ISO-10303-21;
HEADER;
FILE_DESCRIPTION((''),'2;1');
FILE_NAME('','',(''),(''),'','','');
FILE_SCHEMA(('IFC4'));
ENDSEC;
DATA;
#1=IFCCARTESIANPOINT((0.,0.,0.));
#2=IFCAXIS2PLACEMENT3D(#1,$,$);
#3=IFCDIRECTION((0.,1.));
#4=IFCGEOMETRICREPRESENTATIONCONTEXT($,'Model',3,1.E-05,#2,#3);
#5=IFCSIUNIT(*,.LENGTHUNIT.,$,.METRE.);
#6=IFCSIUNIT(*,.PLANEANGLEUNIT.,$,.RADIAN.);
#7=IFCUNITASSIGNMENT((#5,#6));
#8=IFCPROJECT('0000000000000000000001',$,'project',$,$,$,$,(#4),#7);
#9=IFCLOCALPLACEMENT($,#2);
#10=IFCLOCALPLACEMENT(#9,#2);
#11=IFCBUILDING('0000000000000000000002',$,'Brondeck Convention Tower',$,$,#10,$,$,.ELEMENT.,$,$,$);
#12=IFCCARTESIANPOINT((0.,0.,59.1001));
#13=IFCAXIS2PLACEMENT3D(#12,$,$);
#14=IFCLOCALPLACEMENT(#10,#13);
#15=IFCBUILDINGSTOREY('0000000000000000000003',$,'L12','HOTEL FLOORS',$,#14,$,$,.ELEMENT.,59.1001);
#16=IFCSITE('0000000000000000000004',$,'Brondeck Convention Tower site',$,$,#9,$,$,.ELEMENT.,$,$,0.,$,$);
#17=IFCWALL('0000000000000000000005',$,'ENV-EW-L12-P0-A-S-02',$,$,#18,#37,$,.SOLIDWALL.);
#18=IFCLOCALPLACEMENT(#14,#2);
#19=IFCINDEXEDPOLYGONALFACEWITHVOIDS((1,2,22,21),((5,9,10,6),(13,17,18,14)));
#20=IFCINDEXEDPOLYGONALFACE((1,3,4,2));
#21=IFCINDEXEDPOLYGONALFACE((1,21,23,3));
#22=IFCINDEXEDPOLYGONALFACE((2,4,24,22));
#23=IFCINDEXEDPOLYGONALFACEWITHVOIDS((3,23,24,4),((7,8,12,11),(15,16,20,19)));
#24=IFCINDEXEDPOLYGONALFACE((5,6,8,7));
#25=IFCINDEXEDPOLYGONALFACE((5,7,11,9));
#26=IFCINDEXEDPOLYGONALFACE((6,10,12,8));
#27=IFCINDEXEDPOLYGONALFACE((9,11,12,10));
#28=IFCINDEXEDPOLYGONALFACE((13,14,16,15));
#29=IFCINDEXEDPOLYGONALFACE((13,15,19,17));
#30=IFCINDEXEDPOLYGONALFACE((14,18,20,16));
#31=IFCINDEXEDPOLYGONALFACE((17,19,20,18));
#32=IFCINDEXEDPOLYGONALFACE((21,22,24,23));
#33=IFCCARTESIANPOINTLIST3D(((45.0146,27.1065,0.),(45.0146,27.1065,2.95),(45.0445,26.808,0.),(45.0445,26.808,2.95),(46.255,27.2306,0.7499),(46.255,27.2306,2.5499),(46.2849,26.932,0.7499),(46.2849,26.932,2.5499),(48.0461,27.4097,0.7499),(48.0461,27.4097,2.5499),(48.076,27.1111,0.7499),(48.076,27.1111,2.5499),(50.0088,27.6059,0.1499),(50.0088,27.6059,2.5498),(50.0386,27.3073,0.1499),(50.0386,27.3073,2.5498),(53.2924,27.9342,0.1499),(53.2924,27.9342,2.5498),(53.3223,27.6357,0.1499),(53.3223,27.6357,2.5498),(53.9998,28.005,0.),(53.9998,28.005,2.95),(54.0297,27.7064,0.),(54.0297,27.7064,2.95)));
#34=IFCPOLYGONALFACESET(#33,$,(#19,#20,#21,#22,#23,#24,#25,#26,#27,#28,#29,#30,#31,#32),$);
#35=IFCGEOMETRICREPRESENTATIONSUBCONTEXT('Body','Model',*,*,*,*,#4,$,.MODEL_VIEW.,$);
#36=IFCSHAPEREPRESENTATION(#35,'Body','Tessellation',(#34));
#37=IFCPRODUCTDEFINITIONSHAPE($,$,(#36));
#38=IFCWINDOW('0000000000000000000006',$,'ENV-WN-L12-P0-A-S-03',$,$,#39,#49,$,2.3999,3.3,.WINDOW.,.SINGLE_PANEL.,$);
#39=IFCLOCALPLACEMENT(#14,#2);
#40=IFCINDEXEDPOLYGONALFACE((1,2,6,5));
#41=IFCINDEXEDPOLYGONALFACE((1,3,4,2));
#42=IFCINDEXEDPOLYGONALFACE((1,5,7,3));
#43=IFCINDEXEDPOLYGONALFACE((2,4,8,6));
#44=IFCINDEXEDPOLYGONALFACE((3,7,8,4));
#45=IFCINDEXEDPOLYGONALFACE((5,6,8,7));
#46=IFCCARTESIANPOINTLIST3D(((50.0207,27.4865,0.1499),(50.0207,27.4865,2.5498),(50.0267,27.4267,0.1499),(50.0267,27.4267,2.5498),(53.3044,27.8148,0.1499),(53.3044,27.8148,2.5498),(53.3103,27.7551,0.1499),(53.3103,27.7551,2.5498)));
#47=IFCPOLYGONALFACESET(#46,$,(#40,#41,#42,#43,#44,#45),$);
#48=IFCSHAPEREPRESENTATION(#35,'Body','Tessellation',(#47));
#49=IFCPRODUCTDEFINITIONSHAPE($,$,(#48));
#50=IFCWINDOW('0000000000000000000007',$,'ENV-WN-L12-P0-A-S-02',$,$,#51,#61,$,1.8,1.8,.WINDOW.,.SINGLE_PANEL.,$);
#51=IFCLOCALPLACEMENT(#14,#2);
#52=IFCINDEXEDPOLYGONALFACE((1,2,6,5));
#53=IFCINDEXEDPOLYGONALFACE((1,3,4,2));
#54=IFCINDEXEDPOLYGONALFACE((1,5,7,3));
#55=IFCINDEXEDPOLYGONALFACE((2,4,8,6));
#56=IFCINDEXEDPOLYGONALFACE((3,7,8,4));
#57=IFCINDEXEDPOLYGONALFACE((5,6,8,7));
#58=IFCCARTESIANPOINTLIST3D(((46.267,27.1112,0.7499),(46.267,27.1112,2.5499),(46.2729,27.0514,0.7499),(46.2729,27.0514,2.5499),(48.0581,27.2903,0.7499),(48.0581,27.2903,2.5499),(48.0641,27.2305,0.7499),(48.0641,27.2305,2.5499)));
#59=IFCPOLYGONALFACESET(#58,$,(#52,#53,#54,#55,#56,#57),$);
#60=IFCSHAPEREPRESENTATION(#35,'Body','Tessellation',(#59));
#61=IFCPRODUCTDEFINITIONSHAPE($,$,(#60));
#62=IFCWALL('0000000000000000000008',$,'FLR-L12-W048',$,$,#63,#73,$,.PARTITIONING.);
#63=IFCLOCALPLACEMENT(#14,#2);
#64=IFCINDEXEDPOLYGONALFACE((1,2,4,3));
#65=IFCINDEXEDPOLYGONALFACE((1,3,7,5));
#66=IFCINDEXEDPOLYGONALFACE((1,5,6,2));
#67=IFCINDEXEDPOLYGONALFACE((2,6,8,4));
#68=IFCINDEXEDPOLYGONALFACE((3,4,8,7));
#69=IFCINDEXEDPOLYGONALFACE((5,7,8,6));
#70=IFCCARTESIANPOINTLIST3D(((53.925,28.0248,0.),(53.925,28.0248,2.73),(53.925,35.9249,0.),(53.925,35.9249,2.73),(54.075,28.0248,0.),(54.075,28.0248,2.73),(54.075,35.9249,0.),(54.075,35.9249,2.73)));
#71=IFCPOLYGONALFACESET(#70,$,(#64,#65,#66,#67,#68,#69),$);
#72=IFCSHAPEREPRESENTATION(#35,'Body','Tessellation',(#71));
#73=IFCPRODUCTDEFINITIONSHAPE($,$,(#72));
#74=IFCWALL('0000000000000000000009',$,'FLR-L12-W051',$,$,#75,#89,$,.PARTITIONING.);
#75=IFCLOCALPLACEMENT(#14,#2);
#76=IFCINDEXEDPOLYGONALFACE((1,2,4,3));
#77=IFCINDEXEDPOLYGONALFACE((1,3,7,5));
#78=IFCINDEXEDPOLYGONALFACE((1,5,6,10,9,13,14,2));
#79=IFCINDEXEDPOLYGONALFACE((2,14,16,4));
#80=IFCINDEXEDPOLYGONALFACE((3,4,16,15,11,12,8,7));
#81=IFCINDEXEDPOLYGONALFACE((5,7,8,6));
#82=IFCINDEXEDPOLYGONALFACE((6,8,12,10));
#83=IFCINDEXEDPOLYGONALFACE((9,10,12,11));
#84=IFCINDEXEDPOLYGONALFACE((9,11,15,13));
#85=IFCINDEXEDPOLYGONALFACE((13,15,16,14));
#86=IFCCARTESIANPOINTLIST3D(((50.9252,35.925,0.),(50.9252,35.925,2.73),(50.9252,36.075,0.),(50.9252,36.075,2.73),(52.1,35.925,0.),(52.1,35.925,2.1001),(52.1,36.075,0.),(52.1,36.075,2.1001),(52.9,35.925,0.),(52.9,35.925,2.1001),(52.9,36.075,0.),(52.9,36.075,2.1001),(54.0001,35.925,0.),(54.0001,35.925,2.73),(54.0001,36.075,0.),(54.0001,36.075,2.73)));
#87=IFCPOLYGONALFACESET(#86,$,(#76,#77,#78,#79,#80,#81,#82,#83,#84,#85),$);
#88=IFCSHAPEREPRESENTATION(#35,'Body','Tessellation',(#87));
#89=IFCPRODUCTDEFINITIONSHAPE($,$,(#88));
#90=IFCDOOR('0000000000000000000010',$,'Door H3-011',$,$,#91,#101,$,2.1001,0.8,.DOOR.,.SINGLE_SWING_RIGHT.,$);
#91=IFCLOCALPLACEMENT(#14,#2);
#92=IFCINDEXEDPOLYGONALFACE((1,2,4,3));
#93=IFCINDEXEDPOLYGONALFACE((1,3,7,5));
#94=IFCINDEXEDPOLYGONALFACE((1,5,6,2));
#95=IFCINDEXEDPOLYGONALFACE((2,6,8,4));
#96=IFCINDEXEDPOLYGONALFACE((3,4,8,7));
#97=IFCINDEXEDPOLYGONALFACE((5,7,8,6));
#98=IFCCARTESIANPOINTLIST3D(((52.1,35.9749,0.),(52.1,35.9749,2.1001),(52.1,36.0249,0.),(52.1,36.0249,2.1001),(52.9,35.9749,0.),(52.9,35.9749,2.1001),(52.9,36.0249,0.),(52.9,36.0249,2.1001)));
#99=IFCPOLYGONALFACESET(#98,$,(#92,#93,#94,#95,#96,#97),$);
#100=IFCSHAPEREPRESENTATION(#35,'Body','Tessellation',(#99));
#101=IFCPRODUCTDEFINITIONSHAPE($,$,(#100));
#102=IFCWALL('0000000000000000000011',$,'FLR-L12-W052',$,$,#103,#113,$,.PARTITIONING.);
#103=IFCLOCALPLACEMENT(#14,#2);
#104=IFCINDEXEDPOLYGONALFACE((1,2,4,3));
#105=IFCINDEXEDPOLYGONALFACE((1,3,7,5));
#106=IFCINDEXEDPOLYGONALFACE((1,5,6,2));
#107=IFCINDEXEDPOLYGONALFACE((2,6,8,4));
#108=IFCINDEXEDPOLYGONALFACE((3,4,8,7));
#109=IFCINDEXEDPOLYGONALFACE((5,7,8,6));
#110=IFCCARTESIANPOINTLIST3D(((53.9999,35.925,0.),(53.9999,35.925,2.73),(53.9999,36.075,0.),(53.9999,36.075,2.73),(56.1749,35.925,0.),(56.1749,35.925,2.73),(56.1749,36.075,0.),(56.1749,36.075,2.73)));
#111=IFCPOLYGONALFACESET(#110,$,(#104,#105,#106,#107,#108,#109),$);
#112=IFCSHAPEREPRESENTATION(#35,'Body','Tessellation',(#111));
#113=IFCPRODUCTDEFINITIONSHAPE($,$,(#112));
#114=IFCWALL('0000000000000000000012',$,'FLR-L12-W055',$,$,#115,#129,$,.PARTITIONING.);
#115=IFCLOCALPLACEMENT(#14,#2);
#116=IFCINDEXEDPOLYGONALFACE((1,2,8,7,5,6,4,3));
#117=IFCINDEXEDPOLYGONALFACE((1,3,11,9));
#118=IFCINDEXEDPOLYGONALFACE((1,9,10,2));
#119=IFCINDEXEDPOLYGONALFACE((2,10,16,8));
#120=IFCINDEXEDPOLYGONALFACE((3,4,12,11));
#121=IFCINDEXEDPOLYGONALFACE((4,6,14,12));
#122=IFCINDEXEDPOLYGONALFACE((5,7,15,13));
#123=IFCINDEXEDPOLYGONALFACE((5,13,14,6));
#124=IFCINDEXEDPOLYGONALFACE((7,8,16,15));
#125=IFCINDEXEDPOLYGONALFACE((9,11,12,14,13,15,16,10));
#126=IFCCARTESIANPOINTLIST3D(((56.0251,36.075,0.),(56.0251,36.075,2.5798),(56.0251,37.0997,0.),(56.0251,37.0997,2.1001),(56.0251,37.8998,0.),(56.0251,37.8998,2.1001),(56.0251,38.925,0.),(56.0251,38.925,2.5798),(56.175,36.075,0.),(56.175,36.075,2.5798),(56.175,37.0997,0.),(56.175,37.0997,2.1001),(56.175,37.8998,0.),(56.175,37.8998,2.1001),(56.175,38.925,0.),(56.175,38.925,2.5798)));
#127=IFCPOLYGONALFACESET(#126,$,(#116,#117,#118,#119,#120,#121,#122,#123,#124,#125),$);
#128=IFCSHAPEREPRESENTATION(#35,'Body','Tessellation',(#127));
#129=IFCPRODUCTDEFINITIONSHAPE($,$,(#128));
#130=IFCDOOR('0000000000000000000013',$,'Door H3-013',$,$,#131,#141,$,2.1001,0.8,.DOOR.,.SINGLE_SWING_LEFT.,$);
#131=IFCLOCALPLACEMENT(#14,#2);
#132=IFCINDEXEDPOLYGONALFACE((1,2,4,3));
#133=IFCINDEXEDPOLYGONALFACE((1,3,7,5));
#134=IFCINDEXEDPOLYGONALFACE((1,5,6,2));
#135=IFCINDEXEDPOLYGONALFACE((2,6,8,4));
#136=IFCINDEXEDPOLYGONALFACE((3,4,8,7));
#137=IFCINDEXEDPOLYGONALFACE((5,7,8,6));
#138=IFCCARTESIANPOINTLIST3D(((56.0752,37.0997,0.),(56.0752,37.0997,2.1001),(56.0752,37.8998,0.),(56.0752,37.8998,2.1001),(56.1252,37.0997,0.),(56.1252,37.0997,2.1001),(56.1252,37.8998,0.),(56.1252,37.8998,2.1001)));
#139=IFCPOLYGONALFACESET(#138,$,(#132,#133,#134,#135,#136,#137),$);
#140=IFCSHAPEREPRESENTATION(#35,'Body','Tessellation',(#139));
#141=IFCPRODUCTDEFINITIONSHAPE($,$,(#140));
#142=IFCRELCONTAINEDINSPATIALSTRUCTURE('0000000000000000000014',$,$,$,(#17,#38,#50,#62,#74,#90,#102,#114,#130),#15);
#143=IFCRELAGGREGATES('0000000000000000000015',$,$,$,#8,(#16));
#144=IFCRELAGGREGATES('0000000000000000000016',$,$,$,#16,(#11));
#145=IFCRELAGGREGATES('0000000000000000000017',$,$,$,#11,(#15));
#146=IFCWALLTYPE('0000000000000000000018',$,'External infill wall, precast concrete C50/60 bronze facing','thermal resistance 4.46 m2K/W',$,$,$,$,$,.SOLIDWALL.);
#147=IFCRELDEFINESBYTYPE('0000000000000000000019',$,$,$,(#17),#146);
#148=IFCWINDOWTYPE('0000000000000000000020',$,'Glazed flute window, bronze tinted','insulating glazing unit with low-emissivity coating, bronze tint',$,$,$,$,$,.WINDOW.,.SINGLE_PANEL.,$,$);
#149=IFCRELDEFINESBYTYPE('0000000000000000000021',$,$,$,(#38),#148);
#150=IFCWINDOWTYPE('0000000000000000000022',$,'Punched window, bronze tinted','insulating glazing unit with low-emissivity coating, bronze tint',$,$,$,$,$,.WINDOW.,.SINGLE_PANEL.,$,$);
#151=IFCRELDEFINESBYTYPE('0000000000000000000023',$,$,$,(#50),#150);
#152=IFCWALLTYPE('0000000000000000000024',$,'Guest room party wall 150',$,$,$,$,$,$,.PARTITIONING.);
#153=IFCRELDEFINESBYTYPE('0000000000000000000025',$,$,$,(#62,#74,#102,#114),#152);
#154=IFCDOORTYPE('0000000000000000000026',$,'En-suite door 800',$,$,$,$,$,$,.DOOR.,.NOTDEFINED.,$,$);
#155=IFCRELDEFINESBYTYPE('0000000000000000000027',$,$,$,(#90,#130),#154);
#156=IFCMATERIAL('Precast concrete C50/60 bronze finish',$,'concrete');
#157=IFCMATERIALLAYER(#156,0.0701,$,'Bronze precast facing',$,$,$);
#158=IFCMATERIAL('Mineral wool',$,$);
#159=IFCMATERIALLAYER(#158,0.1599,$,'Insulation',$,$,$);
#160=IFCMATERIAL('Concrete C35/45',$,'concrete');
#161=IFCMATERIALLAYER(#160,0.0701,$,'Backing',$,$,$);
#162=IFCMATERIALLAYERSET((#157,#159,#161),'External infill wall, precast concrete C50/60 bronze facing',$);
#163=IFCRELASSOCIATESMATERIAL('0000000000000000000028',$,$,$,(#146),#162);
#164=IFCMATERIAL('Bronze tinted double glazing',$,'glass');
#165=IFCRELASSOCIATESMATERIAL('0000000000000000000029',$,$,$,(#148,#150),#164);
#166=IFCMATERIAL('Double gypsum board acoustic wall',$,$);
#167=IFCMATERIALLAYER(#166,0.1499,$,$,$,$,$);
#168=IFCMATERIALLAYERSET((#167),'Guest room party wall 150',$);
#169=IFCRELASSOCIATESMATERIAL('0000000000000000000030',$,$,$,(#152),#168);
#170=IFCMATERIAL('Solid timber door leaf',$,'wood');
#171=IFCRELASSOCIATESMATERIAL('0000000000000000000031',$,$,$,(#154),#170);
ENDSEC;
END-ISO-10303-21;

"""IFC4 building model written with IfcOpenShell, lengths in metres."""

from ifc_helpers import new_model, si_unit, direction, frame, frame_2d, origin, place, context, subcontext, project, spatial, rectangle, extrude, material, layer, layer_set, type_object, element, fill, save


model = new_model("IFC4")

# Units and contexts
model_context = context("Model", 3, precision=1e-05, world=origin(), true_north=direction((0.0, 1.0)))
body_context = subcontext(model_context, "Body", "Model", "MODEL_VIEW")
ifc_project = project(units=[si_unit("LENGTHUNIT", "METRE"), si_unit("PLANEANGLEUNIT", "RADIAN")], contexts=[model_context])

# Site, building, storey
site_placement = place(None, origin())
site = spatial("IfcSite", under=ifc_project, at=site_placement, Name="Brondeck Convention Tower site", CompositionType="ELEMENT", RefElevation=0.0)
building_placement = place(site_placement, origin())
building = spatial("IfcBuilding", under=site, at=building_placement, Name="Brondeck Convention Tower", CompositionType="ELEMENT")
storey_placement = place(building_placement, frame((0.0, 0.0, 59.1001)))
storey = spatial("IfcBuildingStorey", under=building, at=storey_placement, Name="L12", Description="HOTEL FLOORS", CompositionType="ELEMENT", Elevation=59.1001)

# Wall, openings, windows
ifc_material_1 = material(Name="Precast concrete C50/60 bronze finish", Category="concrete")
ifc_layer_1 = layer(ifc_material_1, 0.0701, Name="Bronze precast facing")
ifc_material_2 = material(Name="Mineral wool")
ifc_layer_2 = layer(ifc_material_2, 0.1599, Name="Insulation")
ifc_material_3 = material(Name="Concrete C35/45", Category="concrete")
ifc_layer_3 = layer(ifc_material_3, 0.0701, Name="Backing")
ifc_layer_set_1 = layer_set([ifc_layer_1, ifc_layer_2, ifc_layer_3], Name="External infill wall, precast concrete C50/60 bronze facing")
wall_type_1 = type_object("IfcWallType", Name="External infill wall, precast concrete C50/60 bronze facing", Description="thermal resistance 4.46 m2K/W", PredefinedType="SOLIDWALL", material=ifc_layer_set_1)
ifc_material_4 = material(Name="Bronze tinted double glazing", Category="glass")
window_type_1 = type_object("IfcWindowType", Name="Glazed flute window, bronze tinted", Description="insulating glazing unit with low-emissivity coating, bronze tint", PartitioningType="SINGLE_PANEL", PredefinedType="WINDOW", material=ifc_material_4)
window_type_2 = type_object("IfcWindowType", Name="Punched window, bronze tinted", Description="insulating glazing unit with low-emissivity coating, bronze tint", PartitioningType="SINGLE_PANEL", PredefinedType="WINDOW", material=ifc_material_4)
wall_1_placement = place(storey_placement, frame((54.0149, 27.8557, 0.0), z_axis=(0.0, 0.0, 1.0), x_axis=(-0.995038, -0.099496, 0.0)))
wall_1 = element("IfcWall", 1, at=wall_1_placement, inside=storey, type_object=wall_type_1, Name="ENV-EW-L12-P0-A-S-02", PredefinedType="SOLIDWALL", context=body_context, shape_type="SweptSolid", body=[
    extrude(rectangle(XDim=9.03, YDim=0.3, at=frame_2d((4.5151, 0.0))), origin(), (0.0, 0.0, 1.0), 2.95),
])
opening_1_placement = place(wall_1_placement, frame((0.7112, 0.0, 0.1499)))
opening_1 = element("IfcOpeningElement", 2, at=opening_1_placement, cuts=wall_1, PredefinedType="OPENING", context=body_context, shape_type="SweptSolid", body=[
    extrude(rectangle(XDim=3.3, YDim=2.3999, at=frame_2d((1.6499, 1.2))), frame((0.0, 0.1599, 0.0), z_axis=(0.0, -1.0, 0.0), x_axis=(1.0, 0.0, 0.0)), (0.0, 0.0, 1.0), 0.3201),
])
opening_2_placement = place(wall_1_placement, frame((5.9836, 0.0, 0.75)))
opening_2 = element("IfcOpeningElement", 3, at=opening_2_placement, cuts=wall_1, PredefinedType="OPENING", context=body_context, shape_type="SweptSolid", body=[
    extrude(rectangle(XDim=1.8, YDim=1.8, at=frame_2d((0.8999, 0.8999))), frame((0.0, 0.1599, 0.0), z_axis=(0.0, -1.0, 0.0), x_axis=(1.0, 0.0, 0.0)), (0.0, 0.0, 1.0), 0.3201),
])
window_1_placement = place(opening_1_placement, origin())
window_1 = element("IfcWindow", 4, at=window_1_placement, inside=storey, type_object=window_type_1, Name="ENV-WN-L12-P0-A-S-03", OverallHeight=2.3999, OverallWidth=3.3, PartitioningType="SINGLE_PANEL", PredefinedType="WINDOW", context=body_context, shape_type="SweptSolid", body=[
    extrude(rectangle(XDim=3.3, YDim=2.3999, at=frame_2d((1.6499, 1.2))), frame((0.0, 0.03, 0.0), z_axis=(0.0, -1.0, 0.0), x_axis=(1.0, 0.0, 0.0)), (0.0, 0.0, 1.0), 0.0601),
])
fill(opening_1, window_1)
window_2_placement = place(opening_2_placement, origin())
window_2 = element("IfcWindow", 5, at=window_2_placement, inside=storey, type_object=window_type_2, Name="ENV-WN-L12-P0-A-S-02", OverallHeight=1.8, OverallWidth=1.8, PartitioningType="SINGLE_PANEL", PredefinedType="WINDOW", context=body_context, shape_type="SweptSolid", body=[
    extrude(rectangle(XDim=1.8, YDim=1.8, at=frame_2d((0.8999, 0.8999))), frame((0.0, 0.03, 0.0), z_axis=(0.0, -1.0, 0.0), x_axis=(1.0, 0.0, 0.0)), (0.0, 0.0, 1.0), 0.0601),
])
fill(opening_2, window_2)

# Wall
ifc_material_5 = material(Name="Double gypsum board acoustic wall")
ifc_layer_4 = layer(ifc_material_5, 0.1499)
ifc_layer_set_2 = layer_set([ifc_layer_4], Name="Guest room party wall 150")
wall_type_2 = type_object("IfcWallType", Name="Guest room party wall 150", PredefinedType="PARTITIONING", material=ifc_layer_set_2)
wall_2_placement = place(storey_placement, frame((54.0, 35.925, 0.0), z_axis=(0.0, 0.0, 1.0), x_axis=(0.0, -1.0, 0.0)))
element("IfcWall", 6, at=wall_2_placement, inside=storey, type_object=wall_type_2, Name="FLR-L12-W048", PredefinedType="PARTITIONING", context=body_context, shape_type="SweptSolid", body=[
    extrude(rectangle(XDim=7.9001, YDim=0.1499, at=frame_2d((3.9502, 0.0))), origin(), (0.0, 0.0, 1.0), 2.73),
])

# Wall, opening, door
wall_3_placement = place(storey_placement, frame((50.925, 36.0, 0.0), z_axis=(0.0, 0.0, 1.0), x_axis=(1.0, 0.0, 0.0)))
wall_3 = element("IfcWall", 7, at=wall_3_placement, inside=storey, type_object=wall_type_2, Name="FLR-L12-W051", PredefinedType="PARTITIONING", context=body_context, shape_type="SweptSolid", body=[
    extrude(rectangle(XDim=3.075, YDim=0.1499, at=frame_2d((1.5376, 0.0))), origin(), (0.0, 0.0, 1.0), 2.73),
])
opening_3_placement = place(wall_3_placement, frame((1.175, 0.0, 0.0)))
opening_3 = element("IfcOpeningElement", 8, at=opening_3_placement, cuts=wall_3, PredefinedType="OPENING", context=body_context, shape_type="SweptSolid", body=[
    extrude(rectangle(XDim=0.8, YDim=2.1001, at=frame_2d((0.3999, 1.05))), frame((0.0, 0.085, 0.0), z_axis=(0.0, -1.0, 0.0), x_axis=(1.0, 0.0, 0.0)), (0.0, 0.0, 1.0), 0.1699),
])
ifc_material_6 = material(Name="Solid timber door leaf", Category="wood")
door_type = type_object("IfcDoorType", Name="En-suite door 800", OperationType="NOTDEFINED", PredefinedType="DOOR", material=ifc_material_6)
door_1_placement = place(opening_3_placement, origin())
door_1 = element("IfcDoor", 9, at=door_1_placement, inside=storey, type_object=door_type, Name="Door H3-011", OperationType="SINGLE_SWING_RIGHT", OverallHeight=2.1001, OverallWidth=0.8, PredefinedType="DOOR", context=body_context, shape_type="SweptSolid", body=[
    extrude(rectangle(XDim=0.8, YDim=2.1001, at=frame_2d((0.3999, 1.05))), frame((0.0, 0.0249, 0.0), z_axis=(0.0, -1.0, 0.0), x_axis=(1.0, 0.0, 0.0)), (0.0, 0.0, 1.0), 0.05),
])
fill(opening_3, door_1)

# Wall
wall_4_placement = place(storey_placement, frame((54.0, 36.0, 0.0), z_axis=(0.0, 0.0, 1.0), x_axis=(1.0, 0.0, 0.0)))
element("IfcWall", 10, at=wall_4_placement, inside=storey, type_object=wall_type_2, Name="FLR-L12-W052", PredefinedType="PARTITIONING", context=body_context, shape_type="SweptSolid", body=[
    extrude(rectangle(XDim=2.175, YDim=0.1499, at=frame_2d((1.0874, 0.0))), origin(), (0.0, 0.0, 1.0), 2.73),
])

# Wall, opening, door
wall_5_placement = place(storey_placement, frame((56.1001, 36.075, 0.0), z_axis=(0.0, 0.0, 1.0), x_axis=(0.0, 1.0, 0.0)))
wall_5 = element("IfcWall", 11, at=wall_5_placement, inside=storey, type_object=wall_type_2, Name="FLR-L12-W055", PredefinedType="PARTITIONING", context=body_context, shape_type="SweptSolid", body=[
    extrude(rectangle(XDim=2.8501, YDim=0.1499, at=frame_2d((1.425, 0.0))), origin(), (0.0, 0.0, 1.0), 2.5798),
])
opening_4_placement = place(wall_5_placement, frame((1.0249, 0.0, 0.0)))
opening_4 = element("IfcOpeningElement", 12, at=opening_4_placement, cuts=wall_5, PredefinedType="OPENING", context=body_context, shape_type="SweptSolid", body=[
    extrude(rectangle(XDim=0.8, YDim=2.1001, at=frame_2d((0.3999, 1.05))), frame((0.0, 0.085, 0.0), z_axis=(0.0, -1.0, 0.0), x_axis=(1.0, 0.0, 0.0)), (0.0, 0.0, 1.0), 0.1699),
])
door_2_placement = place(opening_4_placement, origin())
door_2 = element("IfcDoor", 13, at=door_2_placement, inside=storey, type_object=door_type, Name="Door H3-013", OperationType="SINGLE_SWING_LEFT", OverallHeight=2.1001, OverallWidth=0.8, PredefinedType="DOOR", context=body_context, shape_type="SweptSolid", body=[
    extrude(rectangle(XDim=0.8, YDim=2.1001, at=frame_2d((0.3999, 1.05))), frame((0.0, 0.0249, 0.0), z_axis=(0.0, -1.0, 0.0), x_axis=(1.0, 0.0, 0.0)), (0.0, 0.0, 1.0), 0.05),
])
fill(opening_4, door_2)

save(model, "model.ifc")
